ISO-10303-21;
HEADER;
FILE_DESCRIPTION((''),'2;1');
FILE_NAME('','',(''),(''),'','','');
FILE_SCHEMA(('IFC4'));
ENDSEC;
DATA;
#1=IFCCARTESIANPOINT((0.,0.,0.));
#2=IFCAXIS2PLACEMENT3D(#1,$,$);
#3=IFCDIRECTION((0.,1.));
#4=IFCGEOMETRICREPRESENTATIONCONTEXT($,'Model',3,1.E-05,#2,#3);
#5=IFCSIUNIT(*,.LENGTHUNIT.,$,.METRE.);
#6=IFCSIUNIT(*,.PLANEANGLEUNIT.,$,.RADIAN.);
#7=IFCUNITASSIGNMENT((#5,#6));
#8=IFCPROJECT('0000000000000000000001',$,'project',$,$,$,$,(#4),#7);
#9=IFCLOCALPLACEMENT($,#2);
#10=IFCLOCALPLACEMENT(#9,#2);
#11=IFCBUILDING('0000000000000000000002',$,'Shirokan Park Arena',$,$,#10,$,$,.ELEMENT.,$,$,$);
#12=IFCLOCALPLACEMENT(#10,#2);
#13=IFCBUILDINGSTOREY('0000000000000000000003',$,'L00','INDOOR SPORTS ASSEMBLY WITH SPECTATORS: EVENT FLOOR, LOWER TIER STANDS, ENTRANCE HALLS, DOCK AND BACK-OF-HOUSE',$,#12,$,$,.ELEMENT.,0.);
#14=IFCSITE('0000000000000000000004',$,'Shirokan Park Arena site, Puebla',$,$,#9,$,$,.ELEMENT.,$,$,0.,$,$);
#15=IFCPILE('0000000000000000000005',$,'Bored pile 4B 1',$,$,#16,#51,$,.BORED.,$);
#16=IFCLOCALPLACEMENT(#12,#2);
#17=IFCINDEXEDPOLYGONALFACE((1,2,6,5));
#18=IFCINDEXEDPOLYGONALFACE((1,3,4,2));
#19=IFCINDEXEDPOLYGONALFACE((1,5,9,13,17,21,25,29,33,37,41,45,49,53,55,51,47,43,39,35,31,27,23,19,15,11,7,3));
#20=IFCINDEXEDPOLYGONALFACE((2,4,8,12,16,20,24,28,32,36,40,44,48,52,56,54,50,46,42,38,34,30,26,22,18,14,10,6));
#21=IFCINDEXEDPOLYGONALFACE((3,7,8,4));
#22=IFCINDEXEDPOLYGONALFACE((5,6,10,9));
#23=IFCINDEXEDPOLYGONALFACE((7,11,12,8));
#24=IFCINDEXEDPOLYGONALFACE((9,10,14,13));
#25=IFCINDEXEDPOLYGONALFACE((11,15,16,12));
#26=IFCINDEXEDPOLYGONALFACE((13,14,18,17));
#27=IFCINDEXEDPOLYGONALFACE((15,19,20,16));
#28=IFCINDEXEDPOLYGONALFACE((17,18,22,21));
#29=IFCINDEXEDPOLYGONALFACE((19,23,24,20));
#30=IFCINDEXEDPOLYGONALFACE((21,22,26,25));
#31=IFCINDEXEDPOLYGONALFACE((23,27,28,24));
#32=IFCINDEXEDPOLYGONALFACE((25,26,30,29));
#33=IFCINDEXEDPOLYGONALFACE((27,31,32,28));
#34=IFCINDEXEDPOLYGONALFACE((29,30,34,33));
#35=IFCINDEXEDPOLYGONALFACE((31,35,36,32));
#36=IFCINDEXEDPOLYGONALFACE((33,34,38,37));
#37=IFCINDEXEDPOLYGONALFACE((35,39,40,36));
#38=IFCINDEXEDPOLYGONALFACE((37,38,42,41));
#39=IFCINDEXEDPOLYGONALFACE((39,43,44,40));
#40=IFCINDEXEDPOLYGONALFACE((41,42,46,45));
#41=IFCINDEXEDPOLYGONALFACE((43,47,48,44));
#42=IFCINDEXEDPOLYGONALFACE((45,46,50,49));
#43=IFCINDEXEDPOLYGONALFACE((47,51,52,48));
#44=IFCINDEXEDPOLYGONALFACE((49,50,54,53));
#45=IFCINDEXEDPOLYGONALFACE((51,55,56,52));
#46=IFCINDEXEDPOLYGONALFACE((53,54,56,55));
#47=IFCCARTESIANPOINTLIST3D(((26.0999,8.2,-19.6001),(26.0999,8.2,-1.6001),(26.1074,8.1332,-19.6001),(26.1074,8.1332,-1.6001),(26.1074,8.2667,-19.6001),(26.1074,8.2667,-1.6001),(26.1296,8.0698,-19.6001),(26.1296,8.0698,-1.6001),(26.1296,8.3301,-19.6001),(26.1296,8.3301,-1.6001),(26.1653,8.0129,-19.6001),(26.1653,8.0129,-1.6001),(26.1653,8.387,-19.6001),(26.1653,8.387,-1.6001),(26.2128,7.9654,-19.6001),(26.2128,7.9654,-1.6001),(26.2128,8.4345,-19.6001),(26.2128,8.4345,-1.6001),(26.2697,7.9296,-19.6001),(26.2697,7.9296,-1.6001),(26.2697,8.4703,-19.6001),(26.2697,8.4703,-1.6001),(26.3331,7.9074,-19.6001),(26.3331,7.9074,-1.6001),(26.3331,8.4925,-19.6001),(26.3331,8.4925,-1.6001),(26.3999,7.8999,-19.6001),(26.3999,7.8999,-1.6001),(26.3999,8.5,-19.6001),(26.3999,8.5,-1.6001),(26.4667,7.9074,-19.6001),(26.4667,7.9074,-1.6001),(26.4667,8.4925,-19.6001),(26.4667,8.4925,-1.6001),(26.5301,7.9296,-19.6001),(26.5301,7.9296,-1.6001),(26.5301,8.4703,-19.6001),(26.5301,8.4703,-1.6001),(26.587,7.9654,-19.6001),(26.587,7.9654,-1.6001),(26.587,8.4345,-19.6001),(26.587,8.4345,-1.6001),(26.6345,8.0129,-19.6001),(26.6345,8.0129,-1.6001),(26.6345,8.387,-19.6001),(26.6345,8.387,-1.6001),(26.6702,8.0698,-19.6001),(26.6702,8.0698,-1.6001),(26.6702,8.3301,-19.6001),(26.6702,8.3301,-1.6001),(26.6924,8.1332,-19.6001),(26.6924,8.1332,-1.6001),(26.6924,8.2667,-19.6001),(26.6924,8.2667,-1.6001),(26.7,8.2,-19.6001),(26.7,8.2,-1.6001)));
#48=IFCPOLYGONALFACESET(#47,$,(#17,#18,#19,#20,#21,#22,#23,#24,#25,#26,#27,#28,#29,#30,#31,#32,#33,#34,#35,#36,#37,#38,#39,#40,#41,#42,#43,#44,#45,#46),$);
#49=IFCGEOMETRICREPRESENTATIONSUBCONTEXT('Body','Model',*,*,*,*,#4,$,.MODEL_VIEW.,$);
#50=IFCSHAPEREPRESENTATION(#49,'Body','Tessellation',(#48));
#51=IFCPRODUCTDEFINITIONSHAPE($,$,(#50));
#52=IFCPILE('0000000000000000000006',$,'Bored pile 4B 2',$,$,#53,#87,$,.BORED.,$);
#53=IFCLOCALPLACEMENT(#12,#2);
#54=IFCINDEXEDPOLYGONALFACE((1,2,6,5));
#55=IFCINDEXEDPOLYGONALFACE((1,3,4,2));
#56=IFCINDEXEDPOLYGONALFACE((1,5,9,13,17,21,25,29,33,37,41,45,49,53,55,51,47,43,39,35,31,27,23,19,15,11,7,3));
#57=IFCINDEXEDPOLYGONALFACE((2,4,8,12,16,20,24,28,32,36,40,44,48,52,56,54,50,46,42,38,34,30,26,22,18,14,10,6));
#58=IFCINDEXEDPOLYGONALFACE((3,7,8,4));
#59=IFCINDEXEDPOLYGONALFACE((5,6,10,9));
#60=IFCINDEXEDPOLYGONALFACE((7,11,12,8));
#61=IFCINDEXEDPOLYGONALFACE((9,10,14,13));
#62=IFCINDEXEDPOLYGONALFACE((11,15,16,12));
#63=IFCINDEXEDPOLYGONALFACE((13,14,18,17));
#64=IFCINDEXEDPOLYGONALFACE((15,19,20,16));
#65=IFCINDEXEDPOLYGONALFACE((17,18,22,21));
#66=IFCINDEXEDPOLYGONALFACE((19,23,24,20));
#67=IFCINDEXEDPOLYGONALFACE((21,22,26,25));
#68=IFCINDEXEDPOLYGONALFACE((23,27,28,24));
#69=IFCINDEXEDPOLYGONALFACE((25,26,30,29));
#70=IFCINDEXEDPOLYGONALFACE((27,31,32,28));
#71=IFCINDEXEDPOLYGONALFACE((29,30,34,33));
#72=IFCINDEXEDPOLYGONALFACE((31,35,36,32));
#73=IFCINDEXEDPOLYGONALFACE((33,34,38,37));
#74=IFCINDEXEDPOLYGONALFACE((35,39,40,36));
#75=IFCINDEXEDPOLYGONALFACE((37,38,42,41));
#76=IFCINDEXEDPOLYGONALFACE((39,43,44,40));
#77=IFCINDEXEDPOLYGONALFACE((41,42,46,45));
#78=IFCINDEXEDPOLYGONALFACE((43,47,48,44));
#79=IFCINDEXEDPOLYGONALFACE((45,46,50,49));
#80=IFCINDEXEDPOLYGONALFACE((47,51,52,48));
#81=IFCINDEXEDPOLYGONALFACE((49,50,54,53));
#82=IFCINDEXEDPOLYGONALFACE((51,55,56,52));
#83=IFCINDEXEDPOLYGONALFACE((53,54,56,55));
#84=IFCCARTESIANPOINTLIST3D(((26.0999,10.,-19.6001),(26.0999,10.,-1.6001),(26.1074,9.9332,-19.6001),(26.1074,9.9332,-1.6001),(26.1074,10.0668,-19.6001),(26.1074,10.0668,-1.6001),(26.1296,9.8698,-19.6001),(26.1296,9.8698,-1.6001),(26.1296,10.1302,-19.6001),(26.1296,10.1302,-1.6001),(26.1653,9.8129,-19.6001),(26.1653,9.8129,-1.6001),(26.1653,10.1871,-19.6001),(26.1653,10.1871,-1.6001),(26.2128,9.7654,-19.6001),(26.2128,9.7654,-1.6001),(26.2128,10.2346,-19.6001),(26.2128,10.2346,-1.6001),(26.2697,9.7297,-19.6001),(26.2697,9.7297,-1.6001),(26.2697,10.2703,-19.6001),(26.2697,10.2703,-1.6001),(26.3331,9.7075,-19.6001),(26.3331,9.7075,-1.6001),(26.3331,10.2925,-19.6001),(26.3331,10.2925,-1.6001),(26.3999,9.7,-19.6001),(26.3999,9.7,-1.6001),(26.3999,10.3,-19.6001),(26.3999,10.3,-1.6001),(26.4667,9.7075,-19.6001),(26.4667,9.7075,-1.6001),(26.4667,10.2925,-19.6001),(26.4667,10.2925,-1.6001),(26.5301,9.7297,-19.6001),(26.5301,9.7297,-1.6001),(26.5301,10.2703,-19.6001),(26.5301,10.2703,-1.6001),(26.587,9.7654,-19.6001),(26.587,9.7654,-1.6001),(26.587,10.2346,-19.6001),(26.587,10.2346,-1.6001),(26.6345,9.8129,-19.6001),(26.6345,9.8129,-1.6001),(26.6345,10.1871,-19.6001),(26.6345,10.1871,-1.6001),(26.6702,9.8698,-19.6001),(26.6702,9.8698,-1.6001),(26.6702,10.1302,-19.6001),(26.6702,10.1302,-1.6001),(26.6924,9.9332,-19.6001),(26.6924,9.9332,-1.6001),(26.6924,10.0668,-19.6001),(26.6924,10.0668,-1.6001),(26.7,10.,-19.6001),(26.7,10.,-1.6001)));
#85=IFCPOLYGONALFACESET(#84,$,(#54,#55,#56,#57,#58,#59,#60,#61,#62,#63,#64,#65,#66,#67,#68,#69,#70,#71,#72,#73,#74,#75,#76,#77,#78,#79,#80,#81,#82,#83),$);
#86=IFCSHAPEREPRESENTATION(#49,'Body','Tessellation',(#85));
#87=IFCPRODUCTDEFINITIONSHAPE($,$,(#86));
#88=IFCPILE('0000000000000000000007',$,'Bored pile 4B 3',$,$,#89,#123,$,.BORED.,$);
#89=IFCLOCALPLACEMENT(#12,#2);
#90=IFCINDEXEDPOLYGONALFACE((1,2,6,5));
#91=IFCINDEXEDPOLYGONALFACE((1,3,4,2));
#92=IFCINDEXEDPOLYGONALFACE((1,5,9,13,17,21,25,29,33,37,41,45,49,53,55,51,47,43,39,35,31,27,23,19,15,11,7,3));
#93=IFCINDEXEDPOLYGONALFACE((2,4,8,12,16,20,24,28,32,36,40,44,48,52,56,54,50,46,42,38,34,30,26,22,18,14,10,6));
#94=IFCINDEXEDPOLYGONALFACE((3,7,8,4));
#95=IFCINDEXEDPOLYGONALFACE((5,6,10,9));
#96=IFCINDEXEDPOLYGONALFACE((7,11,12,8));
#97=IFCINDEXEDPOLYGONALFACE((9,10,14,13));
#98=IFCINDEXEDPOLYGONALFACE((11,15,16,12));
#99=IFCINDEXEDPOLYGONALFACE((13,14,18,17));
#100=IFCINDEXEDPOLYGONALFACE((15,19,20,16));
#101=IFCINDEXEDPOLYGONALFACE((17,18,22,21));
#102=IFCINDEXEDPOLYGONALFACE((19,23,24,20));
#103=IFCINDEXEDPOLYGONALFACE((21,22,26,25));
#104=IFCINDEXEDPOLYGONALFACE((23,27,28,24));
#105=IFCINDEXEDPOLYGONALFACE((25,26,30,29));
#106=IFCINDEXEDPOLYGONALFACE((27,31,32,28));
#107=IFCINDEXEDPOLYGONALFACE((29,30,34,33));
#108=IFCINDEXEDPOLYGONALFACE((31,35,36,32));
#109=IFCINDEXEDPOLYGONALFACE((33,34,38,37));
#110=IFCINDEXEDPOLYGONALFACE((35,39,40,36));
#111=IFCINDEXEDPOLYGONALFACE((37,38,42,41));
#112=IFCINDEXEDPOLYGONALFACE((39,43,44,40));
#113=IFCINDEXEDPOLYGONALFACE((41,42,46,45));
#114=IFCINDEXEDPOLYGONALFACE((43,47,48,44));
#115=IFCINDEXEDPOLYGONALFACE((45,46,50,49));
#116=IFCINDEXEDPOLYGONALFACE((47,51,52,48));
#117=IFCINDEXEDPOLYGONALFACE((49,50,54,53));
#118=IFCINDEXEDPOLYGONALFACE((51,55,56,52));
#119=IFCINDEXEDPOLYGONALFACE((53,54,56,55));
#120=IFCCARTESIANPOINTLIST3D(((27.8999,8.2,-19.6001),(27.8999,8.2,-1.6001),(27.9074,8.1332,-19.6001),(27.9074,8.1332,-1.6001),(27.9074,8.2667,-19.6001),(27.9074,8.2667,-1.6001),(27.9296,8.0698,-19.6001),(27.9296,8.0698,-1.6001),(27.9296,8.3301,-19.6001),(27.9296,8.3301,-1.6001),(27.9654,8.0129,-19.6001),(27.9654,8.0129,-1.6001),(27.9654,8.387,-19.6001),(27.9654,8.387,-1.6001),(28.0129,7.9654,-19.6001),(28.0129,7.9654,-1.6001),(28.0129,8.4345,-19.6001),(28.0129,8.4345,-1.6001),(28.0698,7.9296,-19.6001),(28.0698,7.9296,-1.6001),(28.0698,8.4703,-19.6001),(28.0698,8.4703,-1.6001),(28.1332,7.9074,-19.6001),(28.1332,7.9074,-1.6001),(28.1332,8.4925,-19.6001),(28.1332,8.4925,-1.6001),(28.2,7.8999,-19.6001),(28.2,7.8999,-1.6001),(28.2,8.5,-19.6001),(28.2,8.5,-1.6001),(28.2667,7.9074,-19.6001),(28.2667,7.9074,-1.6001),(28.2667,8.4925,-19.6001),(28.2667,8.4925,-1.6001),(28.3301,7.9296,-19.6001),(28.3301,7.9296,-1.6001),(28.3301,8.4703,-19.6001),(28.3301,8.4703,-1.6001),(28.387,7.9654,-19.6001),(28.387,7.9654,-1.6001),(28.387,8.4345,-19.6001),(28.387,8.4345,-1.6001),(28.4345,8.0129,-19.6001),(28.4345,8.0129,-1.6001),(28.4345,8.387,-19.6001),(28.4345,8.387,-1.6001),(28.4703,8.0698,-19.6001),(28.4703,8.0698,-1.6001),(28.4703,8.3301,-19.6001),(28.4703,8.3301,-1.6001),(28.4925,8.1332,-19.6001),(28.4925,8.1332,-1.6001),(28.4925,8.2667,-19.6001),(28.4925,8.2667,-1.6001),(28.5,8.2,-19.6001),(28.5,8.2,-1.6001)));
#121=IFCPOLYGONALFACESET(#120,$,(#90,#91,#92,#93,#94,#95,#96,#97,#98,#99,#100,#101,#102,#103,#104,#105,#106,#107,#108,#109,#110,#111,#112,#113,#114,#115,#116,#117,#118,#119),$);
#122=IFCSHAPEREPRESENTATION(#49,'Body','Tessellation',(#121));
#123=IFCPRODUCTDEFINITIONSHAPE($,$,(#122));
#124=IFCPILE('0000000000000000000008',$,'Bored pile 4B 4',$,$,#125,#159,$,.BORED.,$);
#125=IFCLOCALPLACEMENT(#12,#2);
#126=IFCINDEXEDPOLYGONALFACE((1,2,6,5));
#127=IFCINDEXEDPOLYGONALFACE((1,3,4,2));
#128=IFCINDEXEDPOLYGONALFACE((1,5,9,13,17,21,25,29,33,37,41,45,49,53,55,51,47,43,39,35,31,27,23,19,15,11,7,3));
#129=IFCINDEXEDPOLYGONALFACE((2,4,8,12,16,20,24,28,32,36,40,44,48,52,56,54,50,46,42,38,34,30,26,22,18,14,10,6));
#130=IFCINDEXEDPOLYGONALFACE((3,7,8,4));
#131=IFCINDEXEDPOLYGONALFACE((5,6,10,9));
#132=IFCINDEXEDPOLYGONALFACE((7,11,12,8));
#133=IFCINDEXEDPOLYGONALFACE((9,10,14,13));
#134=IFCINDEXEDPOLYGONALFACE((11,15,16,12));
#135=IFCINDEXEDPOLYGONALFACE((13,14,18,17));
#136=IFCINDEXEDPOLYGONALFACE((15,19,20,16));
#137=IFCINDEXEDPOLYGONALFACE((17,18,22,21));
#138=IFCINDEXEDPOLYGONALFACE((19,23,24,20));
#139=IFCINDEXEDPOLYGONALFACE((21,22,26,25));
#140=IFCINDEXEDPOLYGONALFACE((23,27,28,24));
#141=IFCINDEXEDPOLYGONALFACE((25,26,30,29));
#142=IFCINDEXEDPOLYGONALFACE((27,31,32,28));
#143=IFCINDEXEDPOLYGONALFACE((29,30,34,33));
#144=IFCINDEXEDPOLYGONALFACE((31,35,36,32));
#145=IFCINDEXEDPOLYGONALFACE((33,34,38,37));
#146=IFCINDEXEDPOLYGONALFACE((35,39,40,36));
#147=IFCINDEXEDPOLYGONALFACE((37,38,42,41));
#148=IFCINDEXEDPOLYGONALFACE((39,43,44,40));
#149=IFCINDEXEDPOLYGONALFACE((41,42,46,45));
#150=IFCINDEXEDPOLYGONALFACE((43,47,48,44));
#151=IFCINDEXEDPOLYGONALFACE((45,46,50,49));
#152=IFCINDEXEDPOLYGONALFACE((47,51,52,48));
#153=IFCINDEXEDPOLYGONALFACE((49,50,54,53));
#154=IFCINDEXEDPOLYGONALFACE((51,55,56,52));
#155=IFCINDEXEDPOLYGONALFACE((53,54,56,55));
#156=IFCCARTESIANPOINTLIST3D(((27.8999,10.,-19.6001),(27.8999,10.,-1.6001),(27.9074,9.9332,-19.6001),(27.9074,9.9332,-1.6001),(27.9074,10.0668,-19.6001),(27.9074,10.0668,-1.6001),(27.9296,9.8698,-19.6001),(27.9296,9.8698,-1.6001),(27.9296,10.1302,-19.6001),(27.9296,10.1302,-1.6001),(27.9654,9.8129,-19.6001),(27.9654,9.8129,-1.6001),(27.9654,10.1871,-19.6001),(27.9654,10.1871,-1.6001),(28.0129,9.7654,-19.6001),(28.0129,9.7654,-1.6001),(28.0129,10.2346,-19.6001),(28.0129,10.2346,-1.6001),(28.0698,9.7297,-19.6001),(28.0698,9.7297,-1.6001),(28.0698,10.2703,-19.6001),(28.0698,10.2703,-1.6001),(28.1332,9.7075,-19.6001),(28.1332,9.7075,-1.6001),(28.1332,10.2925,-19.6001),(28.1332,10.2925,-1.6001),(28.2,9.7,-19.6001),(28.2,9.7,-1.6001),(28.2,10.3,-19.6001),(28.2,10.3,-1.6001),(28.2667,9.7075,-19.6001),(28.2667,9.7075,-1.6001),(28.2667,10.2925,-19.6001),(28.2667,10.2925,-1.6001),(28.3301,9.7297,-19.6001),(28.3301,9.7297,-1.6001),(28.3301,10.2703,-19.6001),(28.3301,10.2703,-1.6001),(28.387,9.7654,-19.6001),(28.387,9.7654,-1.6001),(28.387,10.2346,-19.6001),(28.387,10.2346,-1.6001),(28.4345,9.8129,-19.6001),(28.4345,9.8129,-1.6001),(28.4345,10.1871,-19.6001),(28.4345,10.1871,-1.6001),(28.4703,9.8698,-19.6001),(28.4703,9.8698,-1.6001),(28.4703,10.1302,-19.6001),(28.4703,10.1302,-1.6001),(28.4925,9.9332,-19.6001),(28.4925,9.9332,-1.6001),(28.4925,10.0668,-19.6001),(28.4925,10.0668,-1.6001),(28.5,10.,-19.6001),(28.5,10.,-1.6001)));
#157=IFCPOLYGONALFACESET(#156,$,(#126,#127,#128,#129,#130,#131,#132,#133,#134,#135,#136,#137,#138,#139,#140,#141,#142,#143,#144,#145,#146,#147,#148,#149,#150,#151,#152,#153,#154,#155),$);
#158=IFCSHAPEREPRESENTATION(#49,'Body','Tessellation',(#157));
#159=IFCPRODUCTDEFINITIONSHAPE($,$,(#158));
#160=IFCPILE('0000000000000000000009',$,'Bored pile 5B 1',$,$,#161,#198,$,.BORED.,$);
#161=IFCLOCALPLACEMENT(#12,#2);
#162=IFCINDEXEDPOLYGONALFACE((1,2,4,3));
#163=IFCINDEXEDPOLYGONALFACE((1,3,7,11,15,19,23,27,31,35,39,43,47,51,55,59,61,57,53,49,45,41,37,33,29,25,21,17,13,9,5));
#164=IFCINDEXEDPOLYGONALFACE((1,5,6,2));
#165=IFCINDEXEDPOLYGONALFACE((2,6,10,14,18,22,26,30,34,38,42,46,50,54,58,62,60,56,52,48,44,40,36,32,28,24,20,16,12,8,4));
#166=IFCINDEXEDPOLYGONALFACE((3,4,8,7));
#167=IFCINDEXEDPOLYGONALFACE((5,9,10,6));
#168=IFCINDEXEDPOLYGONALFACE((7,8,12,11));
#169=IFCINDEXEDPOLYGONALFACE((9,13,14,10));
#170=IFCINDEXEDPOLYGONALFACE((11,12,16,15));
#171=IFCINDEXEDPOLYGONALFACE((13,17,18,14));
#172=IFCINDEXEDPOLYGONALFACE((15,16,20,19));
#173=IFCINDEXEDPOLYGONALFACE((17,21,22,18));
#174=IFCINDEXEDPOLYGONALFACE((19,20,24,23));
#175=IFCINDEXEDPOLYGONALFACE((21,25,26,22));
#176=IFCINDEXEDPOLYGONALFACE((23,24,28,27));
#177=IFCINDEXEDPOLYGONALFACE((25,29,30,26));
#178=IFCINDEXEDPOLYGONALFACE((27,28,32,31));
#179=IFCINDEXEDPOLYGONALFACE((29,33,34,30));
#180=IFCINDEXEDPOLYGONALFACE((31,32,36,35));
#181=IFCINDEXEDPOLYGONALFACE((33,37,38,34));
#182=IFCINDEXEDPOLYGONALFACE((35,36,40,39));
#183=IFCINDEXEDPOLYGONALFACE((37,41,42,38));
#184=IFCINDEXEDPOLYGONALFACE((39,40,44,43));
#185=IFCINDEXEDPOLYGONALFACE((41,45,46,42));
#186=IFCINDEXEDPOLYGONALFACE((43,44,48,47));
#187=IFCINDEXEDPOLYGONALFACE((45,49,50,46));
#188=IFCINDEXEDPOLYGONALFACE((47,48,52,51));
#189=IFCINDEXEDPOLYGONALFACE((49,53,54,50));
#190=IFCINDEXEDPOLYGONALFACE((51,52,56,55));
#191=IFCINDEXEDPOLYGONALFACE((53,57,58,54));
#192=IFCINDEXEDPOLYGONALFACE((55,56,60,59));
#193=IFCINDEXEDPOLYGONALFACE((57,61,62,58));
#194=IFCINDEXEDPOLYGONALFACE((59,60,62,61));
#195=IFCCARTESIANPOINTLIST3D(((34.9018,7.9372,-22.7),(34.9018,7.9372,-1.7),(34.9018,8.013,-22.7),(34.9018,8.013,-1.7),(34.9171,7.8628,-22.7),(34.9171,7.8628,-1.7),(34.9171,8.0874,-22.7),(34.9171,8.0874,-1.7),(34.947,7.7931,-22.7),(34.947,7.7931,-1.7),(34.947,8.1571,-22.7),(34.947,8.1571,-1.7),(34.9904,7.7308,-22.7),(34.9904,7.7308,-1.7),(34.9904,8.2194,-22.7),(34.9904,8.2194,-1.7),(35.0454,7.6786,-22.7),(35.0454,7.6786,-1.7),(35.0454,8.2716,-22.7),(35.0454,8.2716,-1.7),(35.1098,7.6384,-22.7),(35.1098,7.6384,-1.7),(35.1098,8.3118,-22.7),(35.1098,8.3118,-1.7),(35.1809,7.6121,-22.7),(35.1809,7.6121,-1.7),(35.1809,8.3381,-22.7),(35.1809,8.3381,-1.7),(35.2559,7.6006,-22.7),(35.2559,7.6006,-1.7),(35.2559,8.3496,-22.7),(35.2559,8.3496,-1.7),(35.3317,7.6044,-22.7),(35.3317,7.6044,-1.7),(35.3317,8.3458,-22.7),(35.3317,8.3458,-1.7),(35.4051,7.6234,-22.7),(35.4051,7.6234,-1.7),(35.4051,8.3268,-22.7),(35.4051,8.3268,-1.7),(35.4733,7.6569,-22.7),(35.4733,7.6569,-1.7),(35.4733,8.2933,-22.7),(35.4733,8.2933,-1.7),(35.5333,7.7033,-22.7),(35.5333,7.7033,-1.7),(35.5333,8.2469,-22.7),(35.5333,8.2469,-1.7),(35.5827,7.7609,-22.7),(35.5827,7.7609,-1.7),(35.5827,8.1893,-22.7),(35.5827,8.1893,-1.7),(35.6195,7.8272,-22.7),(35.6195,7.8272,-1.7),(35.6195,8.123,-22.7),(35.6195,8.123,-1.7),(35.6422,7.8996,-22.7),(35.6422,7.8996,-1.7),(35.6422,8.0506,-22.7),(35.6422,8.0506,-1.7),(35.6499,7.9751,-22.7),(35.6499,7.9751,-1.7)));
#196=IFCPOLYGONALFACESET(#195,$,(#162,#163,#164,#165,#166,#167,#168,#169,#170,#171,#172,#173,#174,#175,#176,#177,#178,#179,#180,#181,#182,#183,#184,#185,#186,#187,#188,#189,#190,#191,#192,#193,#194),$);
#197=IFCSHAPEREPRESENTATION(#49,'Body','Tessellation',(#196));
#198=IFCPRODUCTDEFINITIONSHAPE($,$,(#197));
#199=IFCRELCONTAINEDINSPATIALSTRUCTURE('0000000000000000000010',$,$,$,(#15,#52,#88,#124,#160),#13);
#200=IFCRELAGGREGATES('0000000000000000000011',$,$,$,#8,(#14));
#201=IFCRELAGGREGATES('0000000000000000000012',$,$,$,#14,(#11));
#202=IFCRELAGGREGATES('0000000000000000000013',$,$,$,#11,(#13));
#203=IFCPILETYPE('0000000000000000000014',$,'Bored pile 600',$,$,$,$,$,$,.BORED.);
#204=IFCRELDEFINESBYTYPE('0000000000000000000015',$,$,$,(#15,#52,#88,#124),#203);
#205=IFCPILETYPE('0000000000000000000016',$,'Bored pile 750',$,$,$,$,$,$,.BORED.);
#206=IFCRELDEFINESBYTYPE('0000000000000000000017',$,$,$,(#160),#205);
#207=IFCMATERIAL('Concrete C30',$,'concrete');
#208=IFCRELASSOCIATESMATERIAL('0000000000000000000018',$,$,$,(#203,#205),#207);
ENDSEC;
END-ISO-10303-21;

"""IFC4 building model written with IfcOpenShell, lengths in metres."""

from ifc_helpers import new_model, si_unit, direction, frame, origin, origin_2d, place, context, subcontext, project, spatial, circle, extrude, material, material_profile, profile_set, type_object, element, save


model = new_model("IFC4")

# Units and contexts
model_context = context("Model", 3, precision=1e-05, world=origin(), true_north=direction((0.0, 1.0)))
body_context = subcontext(model_context, "Body", "Model", "MODEL_VIEW")
ifc_project = project(units=[si_unit("LENGTHUNIT", "METRE"), si_unit("PLANEANGLEUNIT", "RADIAN")], contexts=[model_context])

# Site, building, storey
site_placement = place(None, origin())
site = spatial("IfcSite", under=ifc_project, at=site_placement, Name="Shirokan Park Arena site, Puebla", CompositionType="ELEMENT", RefElevation=0.0)
building_placement = place(site_placement, origin())
building = spatial("IfcBuilding", under=site, at=building_placement, Name="Shirokan Park Arena", CompositionType="ELEMENT")
storey_placement = place(building_placement, origin())
storey = spatial("IfcBuildingStorey", under=building, at=storey_placement, Name="L00", Description="INDOOR SPORTS ASSEMBLY WITH SPECTATORS: EVENT FLOOR, LOWER TIER STANDS, ENTRANCE HALLS, DOCK AND BACK-OF-HOUSE", CompositionType="ELEMENT", Elevation=0.0)

# Piles
ifc_material_1 = material(Name="Concrete C30", Category="concrete")
ifc_material_profile_1 = material_profile(ifc_material_1, circle(Radius=0.3, at=origin_2d()), Name="D600")
ifc_profile_set_1 = profile_set([ifc_material_profile_1], Name="Concrete C30")
pile_type_1 = type_object("IfcPileType", Name="Bored pile 600", PredefinedType="BORED", material=ifc_profile_set_1)
for number, where, z_axis, x_axis, name in (
    (1, (26.3999, 8.2, -1.6001), (0.0, 0.0, -1.0), (1.0, 0.0, 0.0), "Bored pile 4B 1"),
    (2, (26.3999, 10.0, -1.6001), (0.0, 0.0, -1.0), (1.0, 0.0, 0.0), "Bored pile 4B 2"),
    (3, (28.2, 8.2, -1.6001), (0.0, 0.0, -1.0), (1.0, 0.0, 0.0), "Bored pile 4B 3"),
    (4, (28.2, 10.0, -1.6001), (0.0, 0.0, -1.0), (1.0, 0.0, 0.0), "Bored pile 4B 4"),
):
    element("IfcPile", number, at=place(storey_placement, frame(where, z_axis=z_axis, x_axis=x_axis)), inside=storey, type_object=pile_type_1, Name=name, PredefinedType="BORED", context=body_context, shape_type="SweptSolid", body=[
        extrude(circle(Radius=0.3, at=origin_2d()), origin(), (0.0, 0.0, 1.0), 18.0),
    ])
ifc_material_profile_2 = material_profile(ifc_material_1, circle(Radius=0.375, at=origin_2d()), Name="D750")
ifc_profile_set_2 = profile_set([ifc_material_profile_2], Name="Concrete C30")
pile_type_2 = type_object("IfcPileType", Name="Bored pile 750", PredefinedType="BORED", material=ifc_profile_set_2)
for number, where, z_axis, x_axis, name in (
    (5, (35.2749, 7.9751, -1.7), (0.0, 0.0, -1.0), (1.0, 0.0, 0.0), "Bored pile 5B 1"),
):
    element("IfcPile", number, at=place(storey_placement, frame(where, z_axis=z_axis, x_axis=x_axis)), inside=storey, type_object=pile_type_2, Name=name, PredefinedType="BORED", context=body_context, shape_type="SweptSolid", body=[
        extrude(circle(Radius=0.375, at=origin_2d()), origin(), (0.0, 0.0, 1.0), 21.0),
    ])

save(model, "model.ifc")
